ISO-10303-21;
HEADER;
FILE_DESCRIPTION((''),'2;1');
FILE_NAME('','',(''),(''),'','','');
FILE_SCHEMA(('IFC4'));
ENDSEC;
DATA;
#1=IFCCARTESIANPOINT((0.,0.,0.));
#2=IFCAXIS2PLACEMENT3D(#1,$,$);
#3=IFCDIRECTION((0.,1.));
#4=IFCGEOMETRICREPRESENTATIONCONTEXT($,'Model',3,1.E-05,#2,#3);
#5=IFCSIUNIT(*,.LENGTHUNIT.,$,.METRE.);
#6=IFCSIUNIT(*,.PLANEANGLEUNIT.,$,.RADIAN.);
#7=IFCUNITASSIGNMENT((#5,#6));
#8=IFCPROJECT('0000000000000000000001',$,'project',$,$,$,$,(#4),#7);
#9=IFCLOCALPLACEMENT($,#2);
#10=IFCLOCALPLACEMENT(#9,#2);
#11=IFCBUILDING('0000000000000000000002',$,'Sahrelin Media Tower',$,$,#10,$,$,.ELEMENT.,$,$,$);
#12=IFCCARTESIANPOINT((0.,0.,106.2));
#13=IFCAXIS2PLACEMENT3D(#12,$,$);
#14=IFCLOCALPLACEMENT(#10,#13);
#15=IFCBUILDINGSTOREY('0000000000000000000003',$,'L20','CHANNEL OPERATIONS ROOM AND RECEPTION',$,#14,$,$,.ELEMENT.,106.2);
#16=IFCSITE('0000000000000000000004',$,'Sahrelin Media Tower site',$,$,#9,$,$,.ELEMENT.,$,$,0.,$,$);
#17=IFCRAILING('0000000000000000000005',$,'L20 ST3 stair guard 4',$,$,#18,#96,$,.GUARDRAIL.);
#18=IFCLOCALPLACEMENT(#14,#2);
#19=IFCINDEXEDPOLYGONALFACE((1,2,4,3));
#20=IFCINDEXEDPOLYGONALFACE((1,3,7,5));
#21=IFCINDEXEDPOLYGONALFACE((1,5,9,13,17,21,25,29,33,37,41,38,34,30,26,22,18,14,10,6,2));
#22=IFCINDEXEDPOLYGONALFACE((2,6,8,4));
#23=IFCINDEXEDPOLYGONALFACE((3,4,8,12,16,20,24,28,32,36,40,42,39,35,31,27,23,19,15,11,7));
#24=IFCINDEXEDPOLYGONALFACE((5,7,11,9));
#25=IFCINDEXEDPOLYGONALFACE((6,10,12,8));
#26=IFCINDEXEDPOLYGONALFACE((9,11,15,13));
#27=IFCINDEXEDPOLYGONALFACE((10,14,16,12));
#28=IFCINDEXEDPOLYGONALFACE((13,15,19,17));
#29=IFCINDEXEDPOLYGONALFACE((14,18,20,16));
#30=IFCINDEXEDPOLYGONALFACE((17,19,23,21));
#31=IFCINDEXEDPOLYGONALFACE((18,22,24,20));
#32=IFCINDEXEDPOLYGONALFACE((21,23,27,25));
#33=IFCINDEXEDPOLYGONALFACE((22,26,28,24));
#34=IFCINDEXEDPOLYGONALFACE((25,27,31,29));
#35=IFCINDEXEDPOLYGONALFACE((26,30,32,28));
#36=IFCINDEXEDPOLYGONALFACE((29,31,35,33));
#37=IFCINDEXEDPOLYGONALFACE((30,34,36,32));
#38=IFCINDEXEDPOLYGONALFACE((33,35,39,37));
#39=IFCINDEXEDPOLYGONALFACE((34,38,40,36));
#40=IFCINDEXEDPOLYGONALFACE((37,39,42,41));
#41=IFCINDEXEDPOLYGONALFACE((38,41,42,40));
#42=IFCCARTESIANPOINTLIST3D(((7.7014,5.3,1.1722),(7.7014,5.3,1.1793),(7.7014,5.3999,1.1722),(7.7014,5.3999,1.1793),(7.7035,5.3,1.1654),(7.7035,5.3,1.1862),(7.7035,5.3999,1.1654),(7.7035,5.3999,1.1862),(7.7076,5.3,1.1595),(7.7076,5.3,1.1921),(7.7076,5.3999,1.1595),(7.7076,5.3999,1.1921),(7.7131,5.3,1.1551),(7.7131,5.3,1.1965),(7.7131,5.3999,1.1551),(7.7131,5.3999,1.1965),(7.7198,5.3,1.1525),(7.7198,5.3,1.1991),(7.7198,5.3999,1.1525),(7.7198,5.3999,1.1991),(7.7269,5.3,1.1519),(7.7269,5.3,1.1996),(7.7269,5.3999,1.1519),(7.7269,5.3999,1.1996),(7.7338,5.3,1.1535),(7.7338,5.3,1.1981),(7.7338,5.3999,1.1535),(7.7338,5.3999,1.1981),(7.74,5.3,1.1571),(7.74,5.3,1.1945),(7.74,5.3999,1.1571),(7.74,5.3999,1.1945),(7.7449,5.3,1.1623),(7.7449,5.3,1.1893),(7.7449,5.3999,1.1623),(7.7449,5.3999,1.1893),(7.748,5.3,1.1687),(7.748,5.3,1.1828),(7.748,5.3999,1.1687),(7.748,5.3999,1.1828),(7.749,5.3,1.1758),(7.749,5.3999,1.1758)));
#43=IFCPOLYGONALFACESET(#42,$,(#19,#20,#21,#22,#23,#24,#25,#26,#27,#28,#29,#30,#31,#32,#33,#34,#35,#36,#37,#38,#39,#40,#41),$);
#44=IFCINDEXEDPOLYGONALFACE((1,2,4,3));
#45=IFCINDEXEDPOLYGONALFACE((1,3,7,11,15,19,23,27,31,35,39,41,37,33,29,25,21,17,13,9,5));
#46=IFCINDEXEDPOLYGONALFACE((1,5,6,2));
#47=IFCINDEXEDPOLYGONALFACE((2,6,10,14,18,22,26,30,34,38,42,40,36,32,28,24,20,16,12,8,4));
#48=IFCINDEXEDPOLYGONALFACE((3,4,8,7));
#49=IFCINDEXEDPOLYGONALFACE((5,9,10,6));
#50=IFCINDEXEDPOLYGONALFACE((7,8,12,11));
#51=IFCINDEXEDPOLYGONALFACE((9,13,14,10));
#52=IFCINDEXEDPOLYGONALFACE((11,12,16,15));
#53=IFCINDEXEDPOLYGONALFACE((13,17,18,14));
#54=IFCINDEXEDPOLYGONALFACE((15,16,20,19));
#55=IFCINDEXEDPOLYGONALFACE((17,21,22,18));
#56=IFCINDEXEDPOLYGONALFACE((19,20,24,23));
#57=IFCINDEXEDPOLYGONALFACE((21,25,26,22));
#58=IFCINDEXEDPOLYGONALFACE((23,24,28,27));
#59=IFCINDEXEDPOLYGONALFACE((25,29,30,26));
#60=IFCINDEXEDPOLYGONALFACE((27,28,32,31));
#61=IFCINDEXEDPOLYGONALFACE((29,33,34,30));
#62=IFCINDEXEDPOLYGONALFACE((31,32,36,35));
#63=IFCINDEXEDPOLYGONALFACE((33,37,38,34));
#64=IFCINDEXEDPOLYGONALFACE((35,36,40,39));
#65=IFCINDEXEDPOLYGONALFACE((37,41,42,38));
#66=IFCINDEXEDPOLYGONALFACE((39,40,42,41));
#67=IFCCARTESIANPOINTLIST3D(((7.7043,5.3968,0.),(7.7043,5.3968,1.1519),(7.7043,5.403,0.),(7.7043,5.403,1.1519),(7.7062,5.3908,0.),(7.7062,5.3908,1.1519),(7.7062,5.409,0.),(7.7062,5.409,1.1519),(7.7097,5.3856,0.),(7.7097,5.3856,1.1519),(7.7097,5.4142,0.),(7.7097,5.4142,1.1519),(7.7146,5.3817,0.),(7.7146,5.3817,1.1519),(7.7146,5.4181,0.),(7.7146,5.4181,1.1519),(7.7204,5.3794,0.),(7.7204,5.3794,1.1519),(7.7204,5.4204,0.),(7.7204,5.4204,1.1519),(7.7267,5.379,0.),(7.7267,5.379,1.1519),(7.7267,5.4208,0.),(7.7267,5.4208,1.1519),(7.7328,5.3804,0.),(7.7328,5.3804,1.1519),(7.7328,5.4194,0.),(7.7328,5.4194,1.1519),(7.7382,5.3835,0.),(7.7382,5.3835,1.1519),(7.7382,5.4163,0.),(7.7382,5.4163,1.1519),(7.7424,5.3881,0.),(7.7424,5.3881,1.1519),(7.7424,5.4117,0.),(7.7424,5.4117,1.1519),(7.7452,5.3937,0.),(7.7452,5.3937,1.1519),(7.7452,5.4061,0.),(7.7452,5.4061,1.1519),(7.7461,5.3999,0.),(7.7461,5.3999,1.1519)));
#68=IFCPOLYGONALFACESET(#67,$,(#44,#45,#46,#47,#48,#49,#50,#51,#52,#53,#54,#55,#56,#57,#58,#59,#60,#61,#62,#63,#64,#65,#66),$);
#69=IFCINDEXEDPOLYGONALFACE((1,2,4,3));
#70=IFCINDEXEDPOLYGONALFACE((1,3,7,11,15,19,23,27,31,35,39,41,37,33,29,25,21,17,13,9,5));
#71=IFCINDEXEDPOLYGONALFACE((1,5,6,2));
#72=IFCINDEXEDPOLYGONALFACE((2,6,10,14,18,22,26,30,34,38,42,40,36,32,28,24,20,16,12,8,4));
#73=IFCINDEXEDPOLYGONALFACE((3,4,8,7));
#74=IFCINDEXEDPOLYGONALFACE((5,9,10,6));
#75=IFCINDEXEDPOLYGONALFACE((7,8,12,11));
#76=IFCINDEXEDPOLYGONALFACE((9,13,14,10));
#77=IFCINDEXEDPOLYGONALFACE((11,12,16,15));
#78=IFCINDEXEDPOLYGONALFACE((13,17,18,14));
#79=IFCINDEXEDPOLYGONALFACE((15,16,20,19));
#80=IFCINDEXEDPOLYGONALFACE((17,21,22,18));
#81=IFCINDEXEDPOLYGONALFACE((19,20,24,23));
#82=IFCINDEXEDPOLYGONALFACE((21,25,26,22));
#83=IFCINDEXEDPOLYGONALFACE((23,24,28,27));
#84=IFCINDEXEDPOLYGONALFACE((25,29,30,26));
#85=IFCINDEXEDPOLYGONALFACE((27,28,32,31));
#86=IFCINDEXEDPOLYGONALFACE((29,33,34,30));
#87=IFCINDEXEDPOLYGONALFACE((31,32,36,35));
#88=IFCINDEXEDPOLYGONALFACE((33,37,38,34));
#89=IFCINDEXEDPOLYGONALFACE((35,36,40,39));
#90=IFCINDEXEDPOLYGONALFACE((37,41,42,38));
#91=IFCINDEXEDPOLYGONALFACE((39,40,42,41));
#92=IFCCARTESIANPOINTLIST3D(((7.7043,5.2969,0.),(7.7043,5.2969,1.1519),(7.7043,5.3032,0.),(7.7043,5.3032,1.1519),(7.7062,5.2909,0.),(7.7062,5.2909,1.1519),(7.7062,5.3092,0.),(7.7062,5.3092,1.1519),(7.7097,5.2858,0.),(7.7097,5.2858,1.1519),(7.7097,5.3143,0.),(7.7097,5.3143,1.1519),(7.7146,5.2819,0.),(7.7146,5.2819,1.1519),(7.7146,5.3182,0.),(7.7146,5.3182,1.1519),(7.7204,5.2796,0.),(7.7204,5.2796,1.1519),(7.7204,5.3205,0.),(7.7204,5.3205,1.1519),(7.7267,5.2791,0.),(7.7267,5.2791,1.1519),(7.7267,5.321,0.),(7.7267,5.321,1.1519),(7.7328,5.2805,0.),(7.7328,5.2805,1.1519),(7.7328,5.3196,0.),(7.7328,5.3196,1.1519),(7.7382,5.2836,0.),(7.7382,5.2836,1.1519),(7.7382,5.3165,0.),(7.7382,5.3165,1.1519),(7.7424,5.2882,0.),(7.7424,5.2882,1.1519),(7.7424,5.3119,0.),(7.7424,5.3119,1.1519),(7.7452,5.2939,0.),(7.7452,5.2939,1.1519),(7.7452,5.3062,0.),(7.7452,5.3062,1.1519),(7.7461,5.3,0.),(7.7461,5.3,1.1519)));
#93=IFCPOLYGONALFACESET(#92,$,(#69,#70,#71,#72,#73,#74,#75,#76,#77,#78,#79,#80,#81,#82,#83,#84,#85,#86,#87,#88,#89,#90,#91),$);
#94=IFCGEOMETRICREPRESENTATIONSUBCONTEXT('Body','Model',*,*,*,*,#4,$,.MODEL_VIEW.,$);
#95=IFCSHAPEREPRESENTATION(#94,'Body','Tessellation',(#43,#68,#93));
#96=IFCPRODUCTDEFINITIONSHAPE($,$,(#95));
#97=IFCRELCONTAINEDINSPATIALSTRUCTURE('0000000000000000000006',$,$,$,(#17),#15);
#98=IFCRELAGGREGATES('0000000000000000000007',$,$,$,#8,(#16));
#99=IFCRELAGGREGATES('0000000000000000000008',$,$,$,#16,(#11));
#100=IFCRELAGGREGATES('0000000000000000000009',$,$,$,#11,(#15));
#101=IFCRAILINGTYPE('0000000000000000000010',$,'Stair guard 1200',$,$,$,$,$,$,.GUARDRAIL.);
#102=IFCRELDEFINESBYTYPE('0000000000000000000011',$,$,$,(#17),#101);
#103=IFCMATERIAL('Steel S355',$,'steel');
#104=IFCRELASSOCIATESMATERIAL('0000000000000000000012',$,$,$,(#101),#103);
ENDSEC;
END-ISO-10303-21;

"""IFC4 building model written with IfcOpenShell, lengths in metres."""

from ifc_helpers import new_model, si_unit, direction, frame, origin, origin_2d, place, context, subcontext, project, spatial, circle, extrude, material, type_object, element, save


model = new_model("IFC4")

# Units and contexts
model_context = context("Model", 3, precision=1e-05, world=origin(), true_north=direction((0.0, 1.0)))
body_context = subcontext(model_context, "Body", "Model", "MODEL_VIEW")
ifc_project = project(units=[si_unit("LENGTHUNIT", "METRE"), si_unit("PLANEANGLEUNIT", "RADIAN")], contexts=[model_context])

# Site, building, storey
site_placement = place(None, origin())
site = spatial("IfcSite", under=ifc_project, at=site_placement, Name="Sahrelin Media Tower site", CompositionType="ELEMENT", RefElevation=0.0)
building_placement = place(site_placement, origin())
building = spatial("IfcBuilding", under=site, at=building_placement, Name="Sahrelin Media Tower", CompositionType="ELEMENT")
storey_placement = place(building_placement, frame((0.0, 0.0, 106.2)))
storey = spatial("IfcBuildingStorey", under=building, at=storey_placement, Name="L20", Description="CHANNEL OPERATIONS ROOM AND RECEPTION", CompositionType="ELEMENT", Elevation=106.2)

# Shared definitions
ifc_material_1 = material(Name="Steel S355", Category="steel")

# Railing
railing_type_1 = type_object("IfcRailingType", Name="Stair guard 1200", PredefinedType="GUARDRAIL", material=ifc_material_1)
railing_1_placement = place(storey_placement, frame((7.7251, 5.3999, 0.0)))
element("IfcRailing", 1, at=railing_1_placement, inside=storey, type_object=railing_type_1, Name="L20 ST3 stair guard 4", PredefinedType="GUARDRAIL", context=body_context, shape_type="SweptSolid", body=[
    extrude(circle(Radius=0.0239, at=origin_2d()), frame((0.0, 0.0, 1.1758), z_axis=(0.0, -1.0, 0.0), x_axis=(1.0, 0.0, 0.0)), (0.0, 0.0, 1.0), 0.0999),
    extrude(circle(Radius=0.021, at=origin_2d()), origin(), (0.0, 0.0, 1.0), 1.1519),
    extrude(circle(Radius=0.021, at=origin_2d()), frame((0.0, -0.0999, 0.0)), (0.0, 0.0, 1.0), 1.1519),
])

save(model, "model.ifc")
